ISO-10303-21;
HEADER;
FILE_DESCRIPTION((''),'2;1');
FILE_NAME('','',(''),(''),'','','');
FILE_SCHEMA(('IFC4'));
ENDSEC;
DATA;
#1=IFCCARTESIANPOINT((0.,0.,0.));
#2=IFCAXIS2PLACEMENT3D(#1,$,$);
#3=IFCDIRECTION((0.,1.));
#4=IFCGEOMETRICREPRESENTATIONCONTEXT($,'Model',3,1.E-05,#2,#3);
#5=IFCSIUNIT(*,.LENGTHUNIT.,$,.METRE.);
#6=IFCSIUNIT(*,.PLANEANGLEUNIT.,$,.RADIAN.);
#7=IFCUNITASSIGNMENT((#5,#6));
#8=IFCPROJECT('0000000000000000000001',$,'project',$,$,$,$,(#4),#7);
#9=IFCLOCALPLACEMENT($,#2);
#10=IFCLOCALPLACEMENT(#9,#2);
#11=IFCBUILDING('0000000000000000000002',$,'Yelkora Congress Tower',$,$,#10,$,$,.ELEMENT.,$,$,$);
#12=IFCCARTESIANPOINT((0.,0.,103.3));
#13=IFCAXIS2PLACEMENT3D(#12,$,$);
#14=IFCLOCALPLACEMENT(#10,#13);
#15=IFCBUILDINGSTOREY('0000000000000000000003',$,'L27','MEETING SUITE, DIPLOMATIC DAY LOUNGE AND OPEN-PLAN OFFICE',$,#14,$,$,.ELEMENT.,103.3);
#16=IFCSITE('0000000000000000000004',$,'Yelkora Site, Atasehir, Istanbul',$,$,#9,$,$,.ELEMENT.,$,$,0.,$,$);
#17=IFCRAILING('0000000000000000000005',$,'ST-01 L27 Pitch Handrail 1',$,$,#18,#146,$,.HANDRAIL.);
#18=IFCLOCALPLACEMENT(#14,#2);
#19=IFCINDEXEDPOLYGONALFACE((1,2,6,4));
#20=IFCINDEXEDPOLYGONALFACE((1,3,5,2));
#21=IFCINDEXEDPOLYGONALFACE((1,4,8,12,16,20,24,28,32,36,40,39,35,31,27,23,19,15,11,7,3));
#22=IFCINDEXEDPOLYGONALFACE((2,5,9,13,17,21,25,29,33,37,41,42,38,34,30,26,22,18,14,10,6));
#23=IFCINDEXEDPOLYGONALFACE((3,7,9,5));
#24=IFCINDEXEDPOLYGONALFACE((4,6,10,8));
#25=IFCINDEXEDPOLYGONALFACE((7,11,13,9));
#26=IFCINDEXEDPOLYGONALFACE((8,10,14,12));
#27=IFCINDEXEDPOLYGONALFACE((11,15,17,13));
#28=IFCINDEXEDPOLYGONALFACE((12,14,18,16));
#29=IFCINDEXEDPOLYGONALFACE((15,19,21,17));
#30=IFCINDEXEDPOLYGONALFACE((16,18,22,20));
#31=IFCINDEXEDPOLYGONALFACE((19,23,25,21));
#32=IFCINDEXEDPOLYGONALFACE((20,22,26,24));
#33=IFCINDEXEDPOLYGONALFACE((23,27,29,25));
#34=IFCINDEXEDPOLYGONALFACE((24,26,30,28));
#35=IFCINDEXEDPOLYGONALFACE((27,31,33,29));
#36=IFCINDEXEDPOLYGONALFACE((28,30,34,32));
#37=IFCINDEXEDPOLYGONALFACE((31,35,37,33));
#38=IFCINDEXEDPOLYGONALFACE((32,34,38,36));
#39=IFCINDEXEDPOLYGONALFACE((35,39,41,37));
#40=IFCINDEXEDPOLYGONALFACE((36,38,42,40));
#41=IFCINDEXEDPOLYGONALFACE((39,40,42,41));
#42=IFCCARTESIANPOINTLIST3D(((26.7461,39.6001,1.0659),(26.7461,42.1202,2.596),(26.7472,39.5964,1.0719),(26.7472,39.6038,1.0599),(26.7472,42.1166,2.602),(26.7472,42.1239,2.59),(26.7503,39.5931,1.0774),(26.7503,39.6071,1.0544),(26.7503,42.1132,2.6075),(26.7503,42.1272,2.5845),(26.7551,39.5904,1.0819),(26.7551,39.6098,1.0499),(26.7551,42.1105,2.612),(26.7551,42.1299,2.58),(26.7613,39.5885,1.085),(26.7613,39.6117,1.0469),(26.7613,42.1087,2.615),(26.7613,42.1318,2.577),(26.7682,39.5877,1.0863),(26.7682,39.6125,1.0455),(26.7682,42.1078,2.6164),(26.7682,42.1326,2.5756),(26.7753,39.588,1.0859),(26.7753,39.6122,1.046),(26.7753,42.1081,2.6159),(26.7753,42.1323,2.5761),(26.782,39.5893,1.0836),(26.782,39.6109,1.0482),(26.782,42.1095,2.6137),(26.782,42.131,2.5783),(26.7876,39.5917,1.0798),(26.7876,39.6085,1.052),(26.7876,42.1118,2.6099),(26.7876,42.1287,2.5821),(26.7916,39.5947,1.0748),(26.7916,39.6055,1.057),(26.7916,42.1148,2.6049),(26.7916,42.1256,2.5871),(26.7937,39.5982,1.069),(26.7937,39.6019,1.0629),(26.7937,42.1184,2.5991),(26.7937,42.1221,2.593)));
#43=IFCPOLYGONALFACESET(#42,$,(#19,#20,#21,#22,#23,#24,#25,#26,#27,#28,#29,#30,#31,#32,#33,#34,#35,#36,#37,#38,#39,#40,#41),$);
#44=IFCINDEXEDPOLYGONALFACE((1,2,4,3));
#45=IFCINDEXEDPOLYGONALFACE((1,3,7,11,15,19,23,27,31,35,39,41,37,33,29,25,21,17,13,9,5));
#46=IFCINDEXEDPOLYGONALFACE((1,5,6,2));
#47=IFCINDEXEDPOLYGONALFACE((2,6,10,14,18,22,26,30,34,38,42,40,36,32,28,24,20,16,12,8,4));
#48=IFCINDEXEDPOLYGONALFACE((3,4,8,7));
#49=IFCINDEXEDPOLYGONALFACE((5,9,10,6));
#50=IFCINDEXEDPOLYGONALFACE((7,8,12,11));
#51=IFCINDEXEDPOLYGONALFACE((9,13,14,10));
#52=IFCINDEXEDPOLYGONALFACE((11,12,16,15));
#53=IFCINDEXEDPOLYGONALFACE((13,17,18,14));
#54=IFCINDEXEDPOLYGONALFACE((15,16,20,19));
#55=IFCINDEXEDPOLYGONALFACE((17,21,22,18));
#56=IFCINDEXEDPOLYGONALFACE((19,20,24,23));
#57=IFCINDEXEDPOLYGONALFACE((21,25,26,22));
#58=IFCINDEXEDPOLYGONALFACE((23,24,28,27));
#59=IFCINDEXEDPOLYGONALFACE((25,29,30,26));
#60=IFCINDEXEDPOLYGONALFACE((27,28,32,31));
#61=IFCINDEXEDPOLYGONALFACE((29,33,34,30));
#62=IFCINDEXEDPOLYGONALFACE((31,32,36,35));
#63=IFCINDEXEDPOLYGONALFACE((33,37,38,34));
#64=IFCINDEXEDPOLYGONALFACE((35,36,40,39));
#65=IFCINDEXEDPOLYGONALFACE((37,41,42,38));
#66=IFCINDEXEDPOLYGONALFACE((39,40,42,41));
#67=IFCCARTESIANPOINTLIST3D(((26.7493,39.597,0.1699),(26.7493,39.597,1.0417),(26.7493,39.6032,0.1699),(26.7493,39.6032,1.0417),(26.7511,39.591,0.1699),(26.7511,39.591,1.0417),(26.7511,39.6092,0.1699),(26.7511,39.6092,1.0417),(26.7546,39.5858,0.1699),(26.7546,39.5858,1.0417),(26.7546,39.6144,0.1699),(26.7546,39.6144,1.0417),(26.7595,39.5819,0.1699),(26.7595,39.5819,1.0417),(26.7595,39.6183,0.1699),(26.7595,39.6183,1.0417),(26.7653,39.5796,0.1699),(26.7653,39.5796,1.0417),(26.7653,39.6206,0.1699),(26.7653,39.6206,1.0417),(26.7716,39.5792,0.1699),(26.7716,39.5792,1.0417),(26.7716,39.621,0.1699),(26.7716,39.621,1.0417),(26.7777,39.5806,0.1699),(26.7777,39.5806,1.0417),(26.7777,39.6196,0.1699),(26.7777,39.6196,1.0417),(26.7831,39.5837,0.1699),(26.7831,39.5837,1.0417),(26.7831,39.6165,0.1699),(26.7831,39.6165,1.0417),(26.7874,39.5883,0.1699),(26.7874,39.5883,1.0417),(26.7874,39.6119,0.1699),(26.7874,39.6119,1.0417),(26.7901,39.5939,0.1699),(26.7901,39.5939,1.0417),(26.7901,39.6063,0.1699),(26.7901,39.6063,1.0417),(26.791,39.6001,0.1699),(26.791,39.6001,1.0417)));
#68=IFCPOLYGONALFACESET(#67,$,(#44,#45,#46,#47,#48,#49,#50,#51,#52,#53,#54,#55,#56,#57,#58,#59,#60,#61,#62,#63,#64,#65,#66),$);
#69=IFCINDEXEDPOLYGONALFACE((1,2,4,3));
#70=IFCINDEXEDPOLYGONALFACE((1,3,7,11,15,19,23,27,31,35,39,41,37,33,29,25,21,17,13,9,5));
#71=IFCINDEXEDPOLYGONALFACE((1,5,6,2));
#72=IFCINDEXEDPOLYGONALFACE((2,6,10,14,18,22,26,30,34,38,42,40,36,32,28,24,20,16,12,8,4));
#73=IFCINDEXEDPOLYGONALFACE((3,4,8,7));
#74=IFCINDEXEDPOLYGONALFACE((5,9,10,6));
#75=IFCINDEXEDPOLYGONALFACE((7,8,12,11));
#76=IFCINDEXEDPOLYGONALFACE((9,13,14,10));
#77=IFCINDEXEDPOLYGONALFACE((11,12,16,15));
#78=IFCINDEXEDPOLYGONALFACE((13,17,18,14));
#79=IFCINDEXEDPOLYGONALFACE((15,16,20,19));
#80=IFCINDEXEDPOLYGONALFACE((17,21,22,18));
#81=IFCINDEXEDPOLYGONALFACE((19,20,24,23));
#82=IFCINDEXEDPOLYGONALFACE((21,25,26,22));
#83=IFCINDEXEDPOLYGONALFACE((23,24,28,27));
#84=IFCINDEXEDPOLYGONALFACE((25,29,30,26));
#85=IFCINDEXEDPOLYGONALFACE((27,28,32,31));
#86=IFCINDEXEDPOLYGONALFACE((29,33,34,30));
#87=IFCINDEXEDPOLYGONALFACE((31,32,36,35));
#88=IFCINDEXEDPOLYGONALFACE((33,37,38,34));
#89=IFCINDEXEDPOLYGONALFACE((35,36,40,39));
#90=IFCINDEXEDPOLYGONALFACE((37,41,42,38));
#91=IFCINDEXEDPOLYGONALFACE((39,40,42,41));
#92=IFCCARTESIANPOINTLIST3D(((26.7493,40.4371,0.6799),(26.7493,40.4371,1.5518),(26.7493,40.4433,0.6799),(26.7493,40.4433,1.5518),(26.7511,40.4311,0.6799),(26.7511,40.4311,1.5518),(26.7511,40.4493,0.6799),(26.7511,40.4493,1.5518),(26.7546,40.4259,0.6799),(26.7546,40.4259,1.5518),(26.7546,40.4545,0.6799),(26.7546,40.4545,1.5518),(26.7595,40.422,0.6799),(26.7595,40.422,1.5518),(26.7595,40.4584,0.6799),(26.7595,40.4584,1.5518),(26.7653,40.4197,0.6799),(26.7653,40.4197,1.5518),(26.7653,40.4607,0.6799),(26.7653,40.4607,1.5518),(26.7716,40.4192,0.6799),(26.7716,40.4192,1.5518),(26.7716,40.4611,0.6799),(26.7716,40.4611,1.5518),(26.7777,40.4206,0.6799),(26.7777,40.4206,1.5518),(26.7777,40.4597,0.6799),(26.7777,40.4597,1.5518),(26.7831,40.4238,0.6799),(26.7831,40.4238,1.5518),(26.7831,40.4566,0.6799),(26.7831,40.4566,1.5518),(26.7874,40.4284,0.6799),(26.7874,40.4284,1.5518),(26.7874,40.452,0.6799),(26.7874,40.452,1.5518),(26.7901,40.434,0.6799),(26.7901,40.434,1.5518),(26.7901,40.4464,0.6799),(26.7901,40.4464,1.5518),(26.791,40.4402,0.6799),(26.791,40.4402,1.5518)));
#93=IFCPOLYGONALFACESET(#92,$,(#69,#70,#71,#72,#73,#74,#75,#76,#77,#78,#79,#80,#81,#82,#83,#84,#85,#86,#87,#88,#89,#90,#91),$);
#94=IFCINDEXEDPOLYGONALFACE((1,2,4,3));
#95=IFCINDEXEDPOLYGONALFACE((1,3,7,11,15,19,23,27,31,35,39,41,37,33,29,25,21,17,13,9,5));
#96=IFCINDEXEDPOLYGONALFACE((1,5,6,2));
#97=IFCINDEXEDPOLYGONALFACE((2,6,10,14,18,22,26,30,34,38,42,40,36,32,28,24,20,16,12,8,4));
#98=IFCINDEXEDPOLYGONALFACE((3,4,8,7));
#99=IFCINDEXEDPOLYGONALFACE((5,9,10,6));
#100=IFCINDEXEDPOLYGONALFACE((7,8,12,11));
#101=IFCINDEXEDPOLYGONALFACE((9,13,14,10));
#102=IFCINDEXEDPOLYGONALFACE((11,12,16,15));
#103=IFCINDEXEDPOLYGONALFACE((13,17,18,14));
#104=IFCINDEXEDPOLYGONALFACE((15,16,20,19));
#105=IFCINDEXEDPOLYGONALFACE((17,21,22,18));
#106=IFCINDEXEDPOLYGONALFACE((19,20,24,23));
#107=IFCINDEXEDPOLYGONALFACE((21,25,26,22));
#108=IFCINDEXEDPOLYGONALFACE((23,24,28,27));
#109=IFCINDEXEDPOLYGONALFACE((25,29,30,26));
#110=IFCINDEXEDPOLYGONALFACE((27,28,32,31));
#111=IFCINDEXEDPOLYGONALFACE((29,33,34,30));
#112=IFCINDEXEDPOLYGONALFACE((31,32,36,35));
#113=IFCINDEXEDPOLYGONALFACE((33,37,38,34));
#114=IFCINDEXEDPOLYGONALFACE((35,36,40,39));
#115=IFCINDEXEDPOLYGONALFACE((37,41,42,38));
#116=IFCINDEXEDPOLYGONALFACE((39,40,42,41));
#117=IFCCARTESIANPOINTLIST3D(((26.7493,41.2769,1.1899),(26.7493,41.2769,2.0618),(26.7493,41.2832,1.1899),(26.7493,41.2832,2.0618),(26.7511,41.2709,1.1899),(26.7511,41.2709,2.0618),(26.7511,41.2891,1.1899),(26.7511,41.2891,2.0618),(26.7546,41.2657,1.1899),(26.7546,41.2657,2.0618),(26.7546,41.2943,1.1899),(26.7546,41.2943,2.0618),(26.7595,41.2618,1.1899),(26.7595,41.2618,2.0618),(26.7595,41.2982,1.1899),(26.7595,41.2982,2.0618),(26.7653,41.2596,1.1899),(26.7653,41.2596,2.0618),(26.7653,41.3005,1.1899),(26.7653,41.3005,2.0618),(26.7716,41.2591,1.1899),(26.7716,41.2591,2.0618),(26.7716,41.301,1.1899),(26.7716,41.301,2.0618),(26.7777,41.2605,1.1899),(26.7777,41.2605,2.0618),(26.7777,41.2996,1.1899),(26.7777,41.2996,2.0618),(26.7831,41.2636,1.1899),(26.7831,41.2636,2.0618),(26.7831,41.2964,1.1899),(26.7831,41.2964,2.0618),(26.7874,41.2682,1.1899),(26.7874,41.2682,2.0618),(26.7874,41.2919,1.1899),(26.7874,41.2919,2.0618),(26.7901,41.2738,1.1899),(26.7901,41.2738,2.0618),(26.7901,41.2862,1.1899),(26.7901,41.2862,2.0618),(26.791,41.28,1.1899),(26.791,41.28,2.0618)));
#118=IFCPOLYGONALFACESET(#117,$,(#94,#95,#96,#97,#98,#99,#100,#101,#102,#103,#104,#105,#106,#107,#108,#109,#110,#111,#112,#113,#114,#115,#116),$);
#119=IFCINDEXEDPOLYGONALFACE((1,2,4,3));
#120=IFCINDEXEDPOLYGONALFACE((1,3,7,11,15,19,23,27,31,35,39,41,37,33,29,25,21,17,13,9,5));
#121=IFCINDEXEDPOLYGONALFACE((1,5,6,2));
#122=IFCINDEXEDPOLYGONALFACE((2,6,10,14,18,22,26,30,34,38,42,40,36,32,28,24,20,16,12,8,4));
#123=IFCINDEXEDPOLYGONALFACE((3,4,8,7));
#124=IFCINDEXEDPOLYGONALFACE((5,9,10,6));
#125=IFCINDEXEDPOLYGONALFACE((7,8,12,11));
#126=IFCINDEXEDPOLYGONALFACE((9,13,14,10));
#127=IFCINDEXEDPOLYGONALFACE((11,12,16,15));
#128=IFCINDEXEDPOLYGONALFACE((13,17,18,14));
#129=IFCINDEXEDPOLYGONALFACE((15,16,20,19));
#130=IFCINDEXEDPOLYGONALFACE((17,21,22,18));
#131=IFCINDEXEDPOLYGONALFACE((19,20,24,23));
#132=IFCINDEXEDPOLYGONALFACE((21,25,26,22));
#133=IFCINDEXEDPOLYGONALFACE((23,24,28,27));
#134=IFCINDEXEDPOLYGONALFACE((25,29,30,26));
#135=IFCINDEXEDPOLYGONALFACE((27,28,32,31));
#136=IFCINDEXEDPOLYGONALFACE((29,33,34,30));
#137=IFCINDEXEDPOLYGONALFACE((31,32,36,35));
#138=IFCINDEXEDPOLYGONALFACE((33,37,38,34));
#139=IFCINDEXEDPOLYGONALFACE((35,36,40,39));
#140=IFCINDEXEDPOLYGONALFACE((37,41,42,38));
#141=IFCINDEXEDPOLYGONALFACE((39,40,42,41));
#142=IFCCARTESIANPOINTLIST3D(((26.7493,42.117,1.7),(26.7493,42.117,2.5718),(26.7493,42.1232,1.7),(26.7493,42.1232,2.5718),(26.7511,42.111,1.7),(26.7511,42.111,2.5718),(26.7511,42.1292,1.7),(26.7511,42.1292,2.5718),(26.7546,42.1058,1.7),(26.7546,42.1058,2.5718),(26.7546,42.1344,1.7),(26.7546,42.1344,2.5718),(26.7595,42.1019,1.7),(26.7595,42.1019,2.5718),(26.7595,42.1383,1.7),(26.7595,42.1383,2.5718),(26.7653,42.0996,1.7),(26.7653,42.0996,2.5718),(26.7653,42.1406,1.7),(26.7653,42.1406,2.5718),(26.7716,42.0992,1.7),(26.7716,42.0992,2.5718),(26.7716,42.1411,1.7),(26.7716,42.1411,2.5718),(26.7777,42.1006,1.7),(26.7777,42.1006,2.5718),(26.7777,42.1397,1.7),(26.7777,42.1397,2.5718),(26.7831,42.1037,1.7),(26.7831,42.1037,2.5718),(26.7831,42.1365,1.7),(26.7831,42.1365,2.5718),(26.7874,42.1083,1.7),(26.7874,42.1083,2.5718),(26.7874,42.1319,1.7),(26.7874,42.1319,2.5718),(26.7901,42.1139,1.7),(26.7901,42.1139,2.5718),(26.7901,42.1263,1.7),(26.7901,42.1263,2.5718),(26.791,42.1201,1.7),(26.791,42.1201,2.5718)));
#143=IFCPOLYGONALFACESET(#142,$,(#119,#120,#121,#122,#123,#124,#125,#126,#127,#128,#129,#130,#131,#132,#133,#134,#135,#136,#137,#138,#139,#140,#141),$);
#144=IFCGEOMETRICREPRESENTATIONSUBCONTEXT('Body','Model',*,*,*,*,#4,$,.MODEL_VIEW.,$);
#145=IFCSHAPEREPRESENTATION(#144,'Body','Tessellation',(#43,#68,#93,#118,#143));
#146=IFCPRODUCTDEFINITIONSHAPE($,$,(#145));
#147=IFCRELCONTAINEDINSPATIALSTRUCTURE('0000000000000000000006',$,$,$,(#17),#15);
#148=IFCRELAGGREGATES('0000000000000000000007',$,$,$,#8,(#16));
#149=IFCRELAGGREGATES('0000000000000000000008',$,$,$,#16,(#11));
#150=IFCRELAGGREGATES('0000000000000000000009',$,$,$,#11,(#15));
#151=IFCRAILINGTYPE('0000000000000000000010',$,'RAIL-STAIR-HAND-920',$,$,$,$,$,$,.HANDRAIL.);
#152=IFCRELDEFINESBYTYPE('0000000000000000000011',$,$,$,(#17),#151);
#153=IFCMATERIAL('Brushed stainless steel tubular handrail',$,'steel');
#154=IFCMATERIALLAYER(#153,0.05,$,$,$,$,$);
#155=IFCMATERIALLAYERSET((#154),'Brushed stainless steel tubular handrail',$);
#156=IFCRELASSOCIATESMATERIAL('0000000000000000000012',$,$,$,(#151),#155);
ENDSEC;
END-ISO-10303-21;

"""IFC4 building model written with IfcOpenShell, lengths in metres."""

from ifc_helpers import new_model, si_unit, direction, frame, origin, origin_2d, place, context, subcontext, project, spatial, circle, extrude, material, layer, layer_set, type_object, element, save


model = new_model("IFC4")

# Units and contexts
model_context = context("Model", 3, precision=1e-05, world=origin(), true_north=direction((0.0, 1.0)))
body_context = subcontext(model_context, "Body", "Model", "MODEL_VIEW")
ifc_project = project(units=[si_unit("LENGTHUNIT", "METRE"), si_unit("PLANEANGLEUNIT", "RADIAN")], contexts=[model_context])

# Site, building, storey
site_placement = place(None, origin())
site = spatial("IfcSite", under=ifc_project, at=site_placement, Name="Yelkora Site, Atasehir, Istanbul", CompositionType="ELEMENT", RefElevation=0.0)
building_placement = place(site_placement, origin())
building = spatial("IfcBuilding", under=site, at=building_placement, Name="Yelkora Congress Tower", CompositionType="ELEMENT")
storey_placement = place(building_placement, frame((0.0, 0.0, 103.3)))
storey = spatial("IfcBuildingStorey", under=building, at=storey_placement, Name="L27", Description="MEETING SUITE, DIPLOMATIC DAY LOUNGE AND OPEN-PLAN OFFICE", CompositionType="ELEMENT", Elevation=103.3)

# Railing
ifc_material_1 = material(Name="Brushed stainless steel tubular handrail", Category="steel")
ifc_layer_1 = layer(ifc_material_1, 0.05)
ifc_layer_set_1 = layer_set([ifc_layer_1], Name="Brushed stainless steel tubular handrail")
railing_type_1 = type_object("IfcRailingType", Name="RAIL-STAIR-HAND-920", PredefinedType="HANDRAIL", material=ifc_layer_set_1)
railing_1_placement = place(storey_placement, frame((26.77, 39.6001, 0.1699)))
element("IfcRailing", 1, at=railing_1_placement, inside=storey, type_object=railing_type_1, Name="ST-01 L27 Pitch Handrail 1", PredefinedType="HANDRAIL", context=body_context, shape_type="SweptSolid", body=[
    extrude(circle(Radius=0.0239, at=origin_2d()), frame((0.0, 0.0, 0.896), z_axis=(0.0, 0.854785, 0.518982), x_axis=(-1.0, 0.0, 0.0)), (0.0, 0.0, 1.0), 2.9482),
    extrude(circle(Radius=0.021, at=origin_2d()), origin(), (0.0, 0.0, 1.0), 0.8718),
    extrude(circle(Radius=0.021, at=origin_2d()), frame((0.0, 0.8401, 0.51)), (0.0, 0.0, 1.0), 0.8718),
    extrude(circle(Radius=0.021, at=origin_2d()), frame((0.0, 1.6799, 1.02)), (0.0, 0.0, 1.0), 0.8718),
    extrude(circle(Radius=0.021, at=origin_2d()), frame((0.0, 2.52, 1.53)), (0.0, 0.0, 1.0), 0.8718),
])

save(model, "model.ifc")
